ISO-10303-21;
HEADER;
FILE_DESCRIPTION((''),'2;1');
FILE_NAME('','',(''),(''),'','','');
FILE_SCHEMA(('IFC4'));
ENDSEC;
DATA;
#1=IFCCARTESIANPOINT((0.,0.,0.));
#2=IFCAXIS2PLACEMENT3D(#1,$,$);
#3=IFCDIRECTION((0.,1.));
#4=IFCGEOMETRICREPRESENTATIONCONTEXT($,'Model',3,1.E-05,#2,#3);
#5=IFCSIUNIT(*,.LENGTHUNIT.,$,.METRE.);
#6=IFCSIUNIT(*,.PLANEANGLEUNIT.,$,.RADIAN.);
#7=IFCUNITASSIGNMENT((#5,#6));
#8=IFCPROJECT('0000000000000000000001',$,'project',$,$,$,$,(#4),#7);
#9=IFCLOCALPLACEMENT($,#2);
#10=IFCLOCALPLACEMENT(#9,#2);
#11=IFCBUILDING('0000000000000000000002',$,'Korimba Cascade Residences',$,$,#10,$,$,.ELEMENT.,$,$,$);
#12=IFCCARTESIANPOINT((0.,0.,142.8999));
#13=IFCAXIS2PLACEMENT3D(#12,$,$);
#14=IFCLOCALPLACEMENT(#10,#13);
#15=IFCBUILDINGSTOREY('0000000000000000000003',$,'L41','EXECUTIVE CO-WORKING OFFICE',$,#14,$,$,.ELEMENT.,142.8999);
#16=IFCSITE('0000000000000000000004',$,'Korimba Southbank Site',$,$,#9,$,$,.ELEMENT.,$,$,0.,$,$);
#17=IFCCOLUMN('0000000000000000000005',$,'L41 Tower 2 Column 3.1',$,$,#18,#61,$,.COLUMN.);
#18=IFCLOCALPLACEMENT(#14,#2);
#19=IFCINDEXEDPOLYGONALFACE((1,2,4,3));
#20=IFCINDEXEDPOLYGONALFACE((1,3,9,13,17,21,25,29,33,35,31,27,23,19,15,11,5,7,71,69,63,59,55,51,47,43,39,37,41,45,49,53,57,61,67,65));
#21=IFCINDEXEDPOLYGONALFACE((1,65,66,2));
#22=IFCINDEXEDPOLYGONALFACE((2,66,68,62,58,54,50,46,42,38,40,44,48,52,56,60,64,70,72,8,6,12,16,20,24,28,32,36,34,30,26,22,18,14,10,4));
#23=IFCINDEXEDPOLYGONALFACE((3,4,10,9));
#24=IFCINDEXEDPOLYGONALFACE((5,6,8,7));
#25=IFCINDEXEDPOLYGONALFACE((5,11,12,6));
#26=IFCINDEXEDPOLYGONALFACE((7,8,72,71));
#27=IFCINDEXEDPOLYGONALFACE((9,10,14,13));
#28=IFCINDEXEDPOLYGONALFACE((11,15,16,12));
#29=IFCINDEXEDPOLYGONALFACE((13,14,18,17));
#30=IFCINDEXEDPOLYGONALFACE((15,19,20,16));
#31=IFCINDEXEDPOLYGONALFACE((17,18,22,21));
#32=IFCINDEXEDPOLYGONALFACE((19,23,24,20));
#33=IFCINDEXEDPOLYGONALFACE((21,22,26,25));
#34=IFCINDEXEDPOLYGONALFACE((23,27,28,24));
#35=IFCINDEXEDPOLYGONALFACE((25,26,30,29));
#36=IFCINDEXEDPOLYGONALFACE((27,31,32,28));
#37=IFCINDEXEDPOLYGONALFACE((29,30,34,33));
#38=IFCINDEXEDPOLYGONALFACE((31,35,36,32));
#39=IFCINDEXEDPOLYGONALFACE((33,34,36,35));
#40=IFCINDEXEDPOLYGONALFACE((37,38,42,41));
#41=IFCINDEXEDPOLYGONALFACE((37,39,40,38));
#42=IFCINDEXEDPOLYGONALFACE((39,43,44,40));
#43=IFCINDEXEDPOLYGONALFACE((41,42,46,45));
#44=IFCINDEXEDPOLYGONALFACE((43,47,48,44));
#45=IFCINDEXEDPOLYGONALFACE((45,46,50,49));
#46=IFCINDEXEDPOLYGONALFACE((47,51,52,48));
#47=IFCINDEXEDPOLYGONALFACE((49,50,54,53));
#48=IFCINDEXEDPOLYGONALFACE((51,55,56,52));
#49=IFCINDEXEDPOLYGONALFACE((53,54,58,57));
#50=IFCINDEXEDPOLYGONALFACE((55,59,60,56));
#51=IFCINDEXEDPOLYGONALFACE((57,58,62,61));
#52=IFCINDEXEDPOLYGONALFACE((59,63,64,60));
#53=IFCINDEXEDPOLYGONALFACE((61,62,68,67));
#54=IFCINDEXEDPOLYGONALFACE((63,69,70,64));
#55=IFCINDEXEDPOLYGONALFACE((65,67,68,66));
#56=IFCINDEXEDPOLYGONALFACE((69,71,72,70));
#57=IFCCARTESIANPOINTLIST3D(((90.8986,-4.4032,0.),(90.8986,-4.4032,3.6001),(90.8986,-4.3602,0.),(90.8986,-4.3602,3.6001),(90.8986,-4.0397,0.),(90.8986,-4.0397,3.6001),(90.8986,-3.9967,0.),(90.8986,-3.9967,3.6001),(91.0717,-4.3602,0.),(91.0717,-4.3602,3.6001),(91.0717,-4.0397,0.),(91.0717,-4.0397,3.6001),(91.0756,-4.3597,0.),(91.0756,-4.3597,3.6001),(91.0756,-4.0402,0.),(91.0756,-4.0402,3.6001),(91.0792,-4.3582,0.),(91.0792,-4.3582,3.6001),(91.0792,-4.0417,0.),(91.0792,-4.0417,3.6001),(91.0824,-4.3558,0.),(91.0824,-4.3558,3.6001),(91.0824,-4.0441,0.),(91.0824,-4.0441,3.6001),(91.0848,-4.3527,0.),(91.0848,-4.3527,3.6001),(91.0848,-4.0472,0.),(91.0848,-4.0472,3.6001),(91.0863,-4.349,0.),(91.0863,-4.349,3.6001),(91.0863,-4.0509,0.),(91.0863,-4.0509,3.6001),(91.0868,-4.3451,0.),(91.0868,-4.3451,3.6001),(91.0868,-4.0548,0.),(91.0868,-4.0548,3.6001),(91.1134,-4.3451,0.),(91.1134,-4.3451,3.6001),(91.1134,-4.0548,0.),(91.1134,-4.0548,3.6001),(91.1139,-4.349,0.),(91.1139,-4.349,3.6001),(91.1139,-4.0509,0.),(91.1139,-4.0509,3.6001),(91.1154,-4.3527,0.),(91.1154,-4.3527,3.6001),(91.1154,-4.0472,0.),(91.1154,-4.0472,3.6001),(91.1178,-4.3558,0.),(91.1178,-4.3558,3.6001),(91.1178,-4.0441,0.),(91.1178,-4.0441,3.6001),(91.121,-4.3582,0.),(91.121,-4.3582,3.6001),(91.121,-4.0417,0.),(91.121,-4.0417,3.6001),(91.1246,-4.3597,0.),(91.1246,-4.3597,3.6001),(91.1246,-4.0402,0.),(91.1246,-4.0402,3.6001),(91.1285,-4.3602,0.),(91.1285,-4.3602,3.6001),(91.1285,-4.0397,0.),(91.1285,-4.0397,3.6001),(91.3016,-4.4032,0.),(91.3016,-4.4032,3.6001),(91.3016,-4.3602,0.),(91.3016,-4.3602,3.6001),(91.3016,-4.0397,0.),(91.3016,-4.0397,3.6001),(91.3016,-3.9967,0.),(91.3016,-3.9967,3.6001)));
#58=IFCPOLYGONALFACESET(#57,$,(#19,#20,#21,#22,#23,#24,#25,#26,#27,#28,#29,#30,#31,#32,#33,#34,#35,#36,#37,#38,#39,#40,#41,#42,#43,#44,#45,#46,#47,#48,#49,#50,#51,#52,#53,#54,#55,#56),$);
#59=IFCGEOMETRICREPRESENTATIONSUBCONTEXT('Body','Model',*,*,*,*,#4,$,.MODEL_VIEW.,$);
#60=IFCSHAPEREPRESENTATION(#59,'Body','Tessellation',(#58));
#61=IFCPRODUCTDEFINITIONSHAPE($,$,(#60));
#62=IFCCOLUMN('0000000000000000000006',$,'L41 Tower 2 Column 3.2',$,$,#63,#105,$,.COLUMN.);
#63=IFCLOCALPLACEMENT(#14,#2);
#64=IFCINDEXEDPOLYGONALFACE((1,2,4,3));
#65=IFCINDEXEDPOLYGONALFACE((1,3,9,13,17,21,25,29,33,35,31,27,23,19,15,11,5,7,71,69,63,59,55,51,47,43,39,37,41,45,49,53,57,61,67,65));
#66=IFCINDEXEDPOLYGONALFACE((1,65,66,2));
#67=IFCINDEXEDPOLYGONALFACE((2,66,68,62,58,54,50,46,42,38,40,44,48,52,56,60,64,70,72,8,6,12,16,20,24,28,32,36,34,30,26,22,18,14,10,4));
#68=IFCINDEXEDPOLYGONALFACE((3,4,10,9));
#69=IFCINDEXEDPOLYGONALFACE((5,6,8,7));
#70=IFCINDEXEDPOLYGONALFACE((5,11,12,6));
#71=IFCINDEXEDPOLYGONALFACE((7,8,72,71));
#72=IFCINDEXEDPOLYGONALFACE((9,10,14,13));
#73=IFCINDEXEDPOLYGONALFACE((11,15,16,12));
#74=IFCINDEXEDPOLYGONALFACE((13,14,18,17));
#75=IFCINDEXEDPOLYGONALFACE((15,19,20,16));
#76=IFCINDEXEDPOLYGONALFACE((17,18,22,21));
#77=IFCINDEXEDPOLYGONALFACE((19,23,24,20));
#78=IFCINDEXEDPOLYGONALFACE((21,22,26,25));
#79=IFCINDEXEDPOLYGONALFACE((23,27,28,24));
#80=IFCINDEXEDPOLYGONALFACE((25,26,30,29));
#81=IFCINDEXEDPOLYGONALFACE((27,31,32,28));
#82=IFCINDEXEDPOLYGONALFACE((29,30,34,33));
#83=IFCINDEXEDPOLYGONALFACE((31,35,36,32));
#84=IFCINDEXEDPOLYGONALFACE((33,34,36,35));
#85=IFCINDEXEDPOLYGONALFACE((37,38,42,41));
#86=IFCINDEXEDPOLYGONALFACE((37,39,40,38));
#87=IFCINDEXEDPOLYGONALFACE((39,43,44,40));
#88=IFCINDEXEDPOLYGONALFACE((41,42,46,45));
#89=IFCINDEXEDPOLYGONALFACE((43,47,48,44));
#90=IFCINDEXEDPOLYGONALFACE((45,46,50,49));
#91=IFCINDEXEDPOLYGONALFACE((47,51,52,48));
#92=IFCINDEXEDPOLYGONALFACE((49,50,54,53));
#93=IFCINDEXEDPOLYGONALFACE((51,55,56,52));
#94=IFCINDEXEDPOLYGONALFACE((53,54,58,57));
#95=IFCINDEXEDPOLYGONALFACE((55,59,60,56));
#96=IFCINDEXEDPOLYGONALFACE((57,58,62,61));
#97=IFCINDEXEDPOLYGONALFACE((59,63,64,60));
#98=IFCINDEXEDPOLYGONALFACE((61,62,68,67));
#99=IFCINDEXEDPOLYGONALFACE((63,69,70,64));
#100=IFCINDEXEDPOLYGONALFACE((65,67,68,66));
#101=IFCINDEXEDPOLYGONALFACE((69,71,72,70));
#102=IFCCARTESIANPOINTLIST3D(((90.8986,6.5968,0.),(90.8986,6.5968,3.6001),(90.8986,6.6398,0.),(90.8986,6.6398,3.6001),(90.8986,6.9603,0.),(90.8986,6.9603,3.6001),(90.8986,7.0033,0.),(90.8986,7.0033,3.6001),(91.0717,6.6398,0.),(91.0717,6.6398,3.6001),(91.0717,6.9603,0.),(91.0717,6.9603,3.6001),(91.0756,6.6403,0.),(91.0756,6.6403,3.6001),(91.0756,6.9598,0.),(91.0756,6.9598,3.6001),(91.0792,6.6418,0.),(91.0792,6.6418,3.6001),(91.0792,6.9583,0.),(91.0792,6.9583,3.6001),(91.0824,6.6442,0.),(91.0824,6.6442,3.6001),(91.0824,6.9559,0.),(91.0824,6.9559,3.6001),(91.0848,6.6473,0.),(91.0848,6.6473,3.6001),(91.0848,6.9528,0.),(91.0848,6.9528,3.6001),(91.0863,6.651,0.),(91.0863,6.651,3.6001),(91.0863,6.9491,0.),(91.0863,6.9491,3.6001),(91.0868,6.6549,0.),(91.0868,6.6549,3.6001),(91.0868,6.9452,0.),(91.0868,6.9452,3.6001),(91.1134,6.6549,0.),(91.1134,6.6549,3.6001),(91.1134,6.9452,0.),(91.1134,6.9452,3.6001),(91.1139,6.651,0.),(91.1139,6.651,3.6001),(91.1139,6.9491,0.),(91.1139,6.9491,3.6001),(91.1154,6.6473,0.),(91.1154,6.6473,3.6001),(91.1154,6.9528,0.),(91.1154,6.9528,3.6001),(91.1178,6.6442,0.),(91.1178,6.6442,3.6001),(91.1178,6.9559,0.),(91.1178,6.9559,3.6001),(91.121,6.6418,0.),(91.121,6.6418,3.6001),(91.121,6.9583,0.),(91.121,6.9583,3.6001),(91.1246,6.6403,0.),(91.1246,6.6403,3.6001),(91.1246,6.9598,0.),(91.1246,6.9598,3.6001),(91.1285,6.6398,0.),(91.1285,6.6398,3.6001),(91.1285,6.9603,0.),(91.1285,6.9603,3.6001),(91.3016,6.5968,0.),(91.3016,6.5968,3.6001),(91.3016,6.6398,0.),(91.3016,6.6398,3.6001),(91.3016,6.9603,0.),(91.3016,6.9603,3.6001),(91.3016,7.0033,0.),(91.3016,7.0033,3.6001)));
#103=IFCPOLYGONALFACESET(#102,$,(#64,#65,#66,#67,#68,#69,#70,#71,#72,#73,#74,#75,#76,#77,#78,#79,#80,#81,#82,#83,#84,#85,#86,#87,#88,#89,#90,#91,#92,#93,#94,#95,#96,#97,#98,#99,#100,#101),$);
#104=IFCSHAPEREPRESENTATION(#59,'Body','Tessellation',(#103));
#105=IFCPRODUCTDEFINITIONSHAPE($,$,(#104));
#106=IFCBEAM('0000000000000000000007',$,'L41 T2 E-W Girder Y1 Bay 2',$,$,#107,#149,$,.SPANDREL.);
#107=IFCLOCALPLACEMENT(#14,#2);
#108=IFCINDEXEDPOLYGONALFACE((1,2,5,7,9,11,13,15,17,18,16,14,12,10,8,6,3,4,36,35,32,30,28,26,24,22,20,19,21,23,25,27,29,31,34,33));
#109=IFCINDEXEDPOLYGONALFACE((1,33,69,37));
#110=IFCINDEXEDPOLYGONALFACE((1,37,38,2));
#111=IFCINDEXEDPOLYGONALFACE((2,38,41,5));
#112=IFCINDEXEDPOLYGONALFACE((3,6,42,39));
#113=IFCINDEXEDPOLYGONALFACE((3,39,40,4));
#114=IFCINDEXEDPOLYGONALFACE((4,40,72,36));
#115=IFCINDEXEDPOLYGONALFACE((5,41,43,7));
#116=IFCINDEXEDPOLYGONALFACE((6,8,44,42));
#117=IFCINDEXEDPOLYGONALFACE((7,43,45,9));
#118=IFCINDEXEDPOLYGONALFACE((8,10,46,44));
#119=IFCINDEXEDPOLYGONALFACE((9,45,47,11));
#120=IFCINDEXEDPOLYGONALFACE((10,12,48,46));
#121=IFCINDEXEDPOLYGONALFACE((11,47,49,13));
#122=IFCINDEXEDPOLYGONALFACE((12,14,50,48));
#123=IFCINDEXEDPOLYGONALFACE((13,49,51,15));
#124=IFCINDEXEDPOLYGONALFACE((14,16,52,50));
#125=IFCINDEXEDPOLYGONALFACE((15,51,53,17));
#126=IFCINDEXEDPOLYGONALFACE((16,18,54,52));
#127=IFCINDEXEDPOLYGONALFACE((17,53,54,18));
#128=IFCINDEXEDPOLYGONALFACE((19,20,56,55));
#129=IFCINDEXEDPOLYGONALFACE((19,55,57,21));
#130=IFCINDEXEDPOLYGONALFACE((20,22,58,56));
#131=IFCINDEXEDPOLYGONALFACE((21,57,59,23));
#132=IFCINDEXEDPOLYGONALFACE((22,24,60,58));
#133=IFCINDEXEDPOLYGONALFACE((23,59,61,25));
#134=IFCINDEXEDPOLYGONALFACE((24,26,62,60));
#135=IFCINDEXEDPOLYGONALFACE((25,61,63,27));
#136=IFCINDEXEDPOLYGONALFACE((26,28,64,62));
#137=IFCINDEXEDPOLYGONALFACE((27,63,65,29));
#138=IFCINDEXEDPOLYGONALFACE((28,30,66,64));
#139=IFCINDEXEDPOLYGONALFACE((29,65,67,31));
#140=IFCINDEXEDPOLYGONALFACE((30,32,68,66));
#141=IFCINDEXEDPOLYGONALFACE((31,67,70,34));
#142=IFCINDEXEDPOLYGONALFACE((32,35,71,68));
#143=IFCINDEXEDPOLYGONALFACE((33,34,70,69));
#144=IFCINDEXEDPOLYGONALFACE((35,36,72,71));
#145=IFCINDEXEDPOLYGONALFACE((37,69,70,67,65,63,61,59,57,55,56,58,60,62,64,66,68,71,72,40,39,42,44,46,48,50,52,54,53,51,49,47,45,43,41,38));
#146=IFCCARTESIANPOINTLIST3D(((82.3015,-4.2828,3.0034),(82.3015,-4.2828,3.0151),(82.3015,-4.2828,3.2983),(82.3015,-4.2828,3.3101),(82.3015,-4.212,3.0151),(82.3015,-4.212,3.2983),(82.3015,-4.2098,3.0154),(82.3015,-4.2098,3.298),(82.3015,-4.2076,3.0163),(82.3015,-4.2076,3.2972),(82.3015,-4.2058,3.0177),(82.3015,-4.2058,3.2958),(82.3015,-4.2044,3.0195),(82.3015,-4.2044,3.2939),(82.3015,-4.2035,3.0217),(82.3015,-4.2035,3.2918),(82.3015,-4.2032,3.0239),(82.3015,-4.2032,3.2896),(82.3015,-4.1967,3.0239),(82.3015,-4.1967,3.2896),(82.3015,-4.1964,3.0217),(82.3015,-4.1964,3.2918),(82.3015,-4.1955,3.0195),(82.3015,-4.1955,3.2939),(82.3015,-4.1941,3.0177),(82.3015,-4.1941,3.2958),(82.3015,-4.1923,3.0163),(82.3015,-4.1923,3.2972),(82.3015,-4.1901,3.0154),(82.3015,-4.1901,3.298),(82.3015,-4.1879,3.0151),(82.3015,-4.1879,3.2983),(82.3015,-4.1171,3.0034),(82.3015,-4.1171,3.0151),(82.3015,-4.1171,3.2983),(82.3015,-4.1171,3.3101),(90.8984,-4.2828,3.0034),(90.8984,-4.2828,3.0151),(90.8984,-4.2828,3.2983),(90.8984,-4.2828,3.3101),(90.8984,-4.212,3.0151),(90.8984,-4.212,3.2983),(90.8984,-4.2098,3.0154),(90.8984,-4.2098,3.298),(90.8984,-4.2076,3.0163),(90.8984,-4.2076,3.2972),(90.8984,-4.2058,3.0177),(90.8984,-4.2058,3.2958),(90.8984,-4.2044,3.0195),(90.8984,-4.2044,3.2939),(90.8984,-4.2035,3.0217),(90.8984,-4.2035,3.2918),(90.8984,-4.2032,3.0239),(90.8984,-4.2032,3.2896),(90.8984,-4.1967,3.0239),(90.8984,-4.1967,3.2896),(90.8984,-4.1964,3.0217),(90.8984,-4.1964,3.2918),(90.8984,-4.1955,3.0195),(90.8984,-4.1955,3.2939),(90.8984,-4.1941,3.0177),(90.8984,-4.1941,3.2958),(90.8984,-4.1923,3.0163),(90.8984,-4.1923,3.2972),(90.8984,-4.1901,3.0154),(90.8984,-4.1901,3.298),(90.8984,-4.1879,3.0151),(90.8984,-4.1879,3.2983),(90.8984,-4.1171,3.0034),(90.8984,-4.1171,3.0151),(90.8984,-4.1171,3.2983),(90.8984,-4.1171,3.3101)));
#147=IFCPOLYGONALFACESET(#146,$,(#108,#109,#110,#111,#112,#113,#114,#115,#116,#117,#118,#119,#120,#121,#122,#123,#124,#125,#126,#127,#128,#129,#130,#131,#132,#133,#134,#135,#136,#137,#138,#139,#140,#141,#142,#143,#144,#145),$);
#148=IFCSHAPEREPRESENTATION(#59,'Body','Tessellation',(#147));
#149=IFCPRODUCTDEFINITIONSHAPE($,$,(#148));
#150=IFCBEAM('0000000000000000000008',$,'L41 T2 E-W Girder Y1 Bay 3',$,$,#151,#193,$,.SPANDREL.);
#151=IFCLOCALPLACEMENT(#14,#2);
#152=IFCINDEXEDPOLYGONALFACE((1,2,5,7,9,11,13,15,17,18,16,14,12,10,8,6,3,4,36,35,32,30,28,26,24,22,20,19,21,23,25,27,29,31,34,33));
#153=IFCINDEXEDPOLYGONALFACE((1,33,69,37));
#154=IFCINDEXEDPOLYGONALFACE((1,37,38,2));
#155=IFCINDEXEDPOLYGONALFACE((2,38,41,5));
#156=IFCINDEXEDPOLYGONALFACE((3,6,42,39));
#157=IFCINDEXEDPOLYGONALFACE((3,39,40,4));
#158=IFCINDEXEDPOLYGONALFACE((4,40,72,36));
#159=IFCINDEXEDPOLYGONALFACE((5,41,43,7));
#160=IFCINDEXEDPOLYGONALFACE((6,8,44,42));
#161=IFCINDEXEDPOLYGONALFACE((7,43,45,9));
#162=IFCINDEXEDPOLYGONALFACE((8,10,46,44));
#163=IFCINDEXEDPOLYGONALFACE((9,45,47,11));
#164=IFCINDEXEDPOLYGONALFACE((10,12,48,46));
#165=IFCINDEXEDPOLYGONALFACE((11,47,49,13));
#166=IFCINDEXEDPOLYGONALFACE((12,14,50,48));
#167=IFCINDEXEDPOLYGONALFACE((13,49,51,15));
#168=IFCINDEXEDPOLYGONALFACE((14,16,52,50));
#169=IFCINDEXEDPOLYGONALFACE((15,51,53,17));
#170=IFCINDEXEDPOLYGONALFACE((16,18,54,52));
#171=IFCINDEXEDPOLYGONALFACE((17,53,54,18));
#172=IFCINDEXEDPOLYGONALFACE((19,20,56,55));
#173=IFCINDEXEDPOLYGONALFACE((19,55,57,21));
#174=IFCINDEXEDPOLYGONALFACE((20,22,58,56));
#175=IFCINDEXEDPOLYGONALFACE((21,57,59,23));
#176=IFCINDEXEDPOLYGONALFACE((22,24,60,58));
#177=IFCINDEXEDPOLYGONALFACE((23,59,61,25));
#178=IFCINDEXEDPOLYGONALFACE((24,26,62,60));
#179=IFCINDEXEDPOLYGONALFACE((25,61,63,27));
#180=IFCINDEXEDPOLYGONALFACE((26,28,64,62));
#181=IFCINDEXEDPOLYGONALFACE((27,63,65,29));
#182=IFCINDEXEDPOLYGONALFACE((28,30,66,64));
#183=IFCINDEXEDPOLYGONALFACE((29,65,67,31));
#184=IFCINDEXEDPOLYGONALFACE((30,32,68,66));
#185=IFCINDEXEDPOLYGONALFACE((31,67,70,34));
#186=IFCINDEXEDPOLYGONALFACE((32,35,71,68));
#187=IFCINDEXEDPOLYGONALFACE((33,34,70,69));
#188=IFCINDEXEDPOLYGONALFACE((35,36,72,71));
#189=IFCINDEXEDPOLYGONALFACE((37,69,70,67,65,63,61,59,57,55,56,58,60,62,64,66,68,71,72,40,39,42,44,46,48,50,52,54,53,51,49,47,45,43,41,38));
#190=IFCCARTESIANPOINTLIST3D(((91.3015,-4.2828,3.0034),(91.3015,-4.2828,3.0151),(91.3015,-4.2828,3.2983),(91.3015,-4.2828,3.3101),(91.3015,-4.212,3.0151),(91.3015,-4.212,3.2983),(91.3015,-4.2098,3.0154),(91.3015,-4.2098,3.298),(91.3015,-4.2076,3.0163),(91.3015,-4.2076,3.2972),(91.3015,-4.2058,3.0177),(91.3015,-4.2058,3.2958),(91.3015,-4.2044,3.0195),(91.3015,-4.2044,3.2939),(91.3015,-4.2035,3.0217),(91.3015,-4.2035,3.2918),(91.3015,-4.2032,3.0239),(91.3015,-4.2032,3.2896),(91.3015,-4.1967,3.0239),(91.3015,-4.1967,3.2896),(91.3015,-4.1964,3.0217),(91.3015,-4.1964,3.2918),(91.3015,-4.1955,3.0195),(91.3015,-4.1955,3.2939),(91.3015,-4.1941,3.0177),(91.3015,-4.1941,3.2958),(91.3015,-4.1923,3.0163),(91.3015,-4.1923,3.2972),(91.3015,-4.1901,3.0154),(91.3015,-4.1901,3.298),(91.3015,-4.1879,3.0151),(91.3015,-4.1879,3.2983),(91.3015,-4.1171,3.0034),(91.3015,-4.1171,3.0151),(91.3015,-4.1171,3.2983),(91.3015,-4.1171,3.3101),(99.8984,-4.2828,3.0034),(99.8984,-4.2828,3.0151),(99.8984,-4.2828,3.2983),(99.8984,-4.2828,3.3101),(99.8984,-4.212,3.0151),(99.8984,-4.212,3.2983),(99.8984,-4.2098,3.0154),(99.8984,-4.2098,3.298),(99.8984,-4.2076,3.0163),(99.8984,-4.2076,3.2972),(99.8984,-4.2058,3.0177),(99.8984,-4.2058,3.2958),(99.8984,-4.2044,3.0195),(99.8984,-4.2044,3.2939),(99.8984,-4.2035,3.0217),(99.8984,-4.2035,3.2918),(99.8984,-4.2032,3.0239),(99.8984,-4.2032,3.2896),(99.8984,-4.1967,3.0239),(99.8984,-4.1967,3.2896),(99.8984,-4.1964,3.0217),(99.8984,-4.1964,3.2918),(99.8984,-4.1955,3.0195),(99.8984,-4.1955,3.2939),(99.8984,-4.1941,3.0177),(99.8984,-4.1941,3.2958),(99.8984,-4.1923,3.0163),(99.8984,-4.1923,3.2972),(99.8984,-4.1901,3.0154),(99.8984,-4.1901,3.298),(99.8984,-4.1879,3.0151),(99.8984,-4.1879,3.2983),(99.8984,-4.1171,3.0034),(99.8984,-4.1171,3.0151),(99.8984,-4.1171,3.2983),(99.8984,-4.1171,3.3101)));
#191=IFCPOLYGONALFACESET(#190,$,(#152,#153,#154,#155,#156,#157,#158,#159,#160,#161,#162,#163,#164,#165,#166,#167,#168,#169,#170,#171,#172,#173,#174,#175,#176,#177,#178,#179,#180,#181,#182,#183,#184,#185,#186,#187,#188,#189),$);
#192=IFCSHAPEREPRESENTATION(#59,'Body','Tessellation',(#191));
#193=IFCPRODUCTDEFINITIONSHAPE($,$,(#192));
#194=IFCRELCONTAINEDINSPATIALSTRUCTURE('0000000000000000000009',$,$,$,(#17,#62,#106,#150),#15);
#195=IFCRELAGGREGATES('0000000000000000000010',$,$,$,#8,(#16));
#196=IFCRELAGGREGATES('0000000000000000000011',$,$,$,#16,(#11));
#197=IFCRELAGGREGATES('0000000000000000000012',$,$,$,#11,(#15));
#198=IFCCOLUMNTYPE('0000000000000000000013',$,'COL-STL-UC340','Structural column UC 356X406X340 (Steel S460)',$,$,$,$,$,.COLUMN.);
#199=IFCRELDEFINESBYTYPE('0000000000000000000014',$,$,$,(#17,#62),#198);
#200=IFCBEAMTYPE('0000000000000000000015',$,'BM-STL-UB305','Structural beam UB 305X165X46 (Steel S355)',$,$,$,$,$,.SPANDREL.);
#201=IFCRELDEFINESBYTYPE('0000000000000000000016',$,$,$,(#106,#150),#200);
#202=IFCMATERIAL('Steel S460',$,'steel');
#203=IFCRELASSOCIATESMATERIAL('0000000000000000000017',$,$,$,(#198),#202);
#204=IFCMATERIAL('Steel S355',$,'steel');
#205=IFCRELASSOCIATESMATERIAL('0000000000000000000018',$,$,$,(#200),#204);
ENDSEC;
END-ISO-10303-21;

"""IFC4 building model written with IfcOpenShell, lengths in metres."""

from ifc_helpers import new_model, si_unit, direction, frame, origin, origin_2d, place, context, subcontext, project, spatial, i_section, extrude, material, material_profile, profile_set, type_object, element, save


model = new_model("IFC4")

# Units and contexts
model_context = context("Model", 3, precision=1e-05, world=origin(), true_north=direction((0.0, 1.0)))
body_context = subcontext(model_context, "Body", "Model", "MODEL_VIEW")
ifc_project = project(units=[si_unit("LENGTHUNIT", "METRE"), si_unit("PLANEANGLEUNIT", "RADIAN")], contexts=[model_context])

# Site, building, storey
site_placement = place(None, origin())
site = spatial("IfcSite", under=ifc_project, at=site_placement, Name="Korimba Southbank Site", CompositionType="ELEMENT", RefElevation=0.0)
building_placement = place(site_placement, origin())
building = spatial("IfcBuilding", under=site, at=building_placement, Name="Korimba Cascade Residences", CompositionType="ELEMENT")
storey_placement = place(building_placement, frame((0.0, 0.0, 142.8999)))
storey = spatial("IfcBuildingStorey", under=building, at=storey_placement, Name="L41", Description="EXECUTIVE CO-WORKING OFFICE", CompositionType="ELEMENT", Elevation=142.8999)

# Columns
ifc_material_1 = material(Name="Steel S460", Category="steel")
ifc_material_profile_1 = material_profile(ifc_material_1, i_section(OverallWidth=0.4031, OverallDepth=0.4065, WebThickness=0.0266, FlangeThickness=0.043, FilletRadius=0.0151, at=origin_2d()), Name="Steel S460")
ifc_profile_set_1 = profile_set([ifc_material_profile_1], Name="Steel S460")
column_type = type_object("IfcColumnType", Name="COL-STL-UC340", Description="Structural column UC 356X406X340 (Steel S460)", PredefinedType="COLUMN", material=ifc_profile_set_1)
for number, where, z_axis, x_axis, name in (
    (1, (91.1001, -4.2, 0.0), (0.0, 0.0, 1.0), (1.0, 0.0, 0.0), "L41 Tower 2 Column 3.1"),
    (2, (91.1001, 6.8, 0.0), (0.0, 0.0, 1.0), (1.0, 0.0, 0.0), "L41 Tower 2 Column 3.2"),
):
    element("IfcColumn", number, at=place(storey_placement, frame(where, z_axis=z_axis, x_axis=x_axis)), inside=storey, type_object=column_type, Name=name, PredefinedType="COLUMN", context=body_context, shape_type="SweptSolid", body=[
        extrude(i_section(OverallWidth=0.4031, OverallDepth=0.4065, WebThickness=0.0266, FlangeThickness=0.043, FilletRadius=0.0151, at=origin_2d()), origin(), (0.0, 0.0, 1.0), 3.6001),
    ])

# Beams
ifc_material_2 = material(Name="Steel S355", Category="steel")
ifc_material_profile_2 = material_profile(ifc_material_2, i_section(OverallWidth=0.1658, OverallDepth=0.3066, WebThickness=0.0066, FlangeThickness=0.0117, FilletRadius=0.0088, at=origin_2d()), Name="Steel S355")
ifc_profile_set_2 = profile_set([ifc_material_profile_2], Name="Steel S355")
beam_type_1 = type_object("IfcBeamType", Name="BM-STL-UB305", Description="Structural beam UB 305X165X46 (Steel S355)", PredefinedType="SPANDREL", material=ifc_profile_set_2)
for number, where, z_axis, x_axis, name in (
    (3, (82.3015, -4.2, 3.1567), (1.0, 0.0, 0.0), (0.0, 1.0, 0.0), "L41 T2 E-W Girder Y1 Bay 2"),
    (4, (91.3015, -4.2, 3.1567), (1.0, 0.0, 0.0), (0.0, 1.0, 0.0), "L41 T2 E-W Girder Y1 Bay 3"),
):
    element("IfcBeam", number, at=place(storey_placement, frame(where, z_axis=z_axis, x_axis=x_axis)), inside=storey, type_object=beam_type_1, Name=name, PredefinedType="SPANDREL", context=body_context, shape_type="SweptSolid", body=[
        extrude(i_section(OverallWidth=0.1658, OverallDepth=0.3066, WebThickness=0.0066, FlangeThickness=0.0117, FilletRadius=0.0088, at=origin_2d()), origin(), (0.0, 0.0, 1.0), 8.5969),
    ])

save(model, "model.ifc")
